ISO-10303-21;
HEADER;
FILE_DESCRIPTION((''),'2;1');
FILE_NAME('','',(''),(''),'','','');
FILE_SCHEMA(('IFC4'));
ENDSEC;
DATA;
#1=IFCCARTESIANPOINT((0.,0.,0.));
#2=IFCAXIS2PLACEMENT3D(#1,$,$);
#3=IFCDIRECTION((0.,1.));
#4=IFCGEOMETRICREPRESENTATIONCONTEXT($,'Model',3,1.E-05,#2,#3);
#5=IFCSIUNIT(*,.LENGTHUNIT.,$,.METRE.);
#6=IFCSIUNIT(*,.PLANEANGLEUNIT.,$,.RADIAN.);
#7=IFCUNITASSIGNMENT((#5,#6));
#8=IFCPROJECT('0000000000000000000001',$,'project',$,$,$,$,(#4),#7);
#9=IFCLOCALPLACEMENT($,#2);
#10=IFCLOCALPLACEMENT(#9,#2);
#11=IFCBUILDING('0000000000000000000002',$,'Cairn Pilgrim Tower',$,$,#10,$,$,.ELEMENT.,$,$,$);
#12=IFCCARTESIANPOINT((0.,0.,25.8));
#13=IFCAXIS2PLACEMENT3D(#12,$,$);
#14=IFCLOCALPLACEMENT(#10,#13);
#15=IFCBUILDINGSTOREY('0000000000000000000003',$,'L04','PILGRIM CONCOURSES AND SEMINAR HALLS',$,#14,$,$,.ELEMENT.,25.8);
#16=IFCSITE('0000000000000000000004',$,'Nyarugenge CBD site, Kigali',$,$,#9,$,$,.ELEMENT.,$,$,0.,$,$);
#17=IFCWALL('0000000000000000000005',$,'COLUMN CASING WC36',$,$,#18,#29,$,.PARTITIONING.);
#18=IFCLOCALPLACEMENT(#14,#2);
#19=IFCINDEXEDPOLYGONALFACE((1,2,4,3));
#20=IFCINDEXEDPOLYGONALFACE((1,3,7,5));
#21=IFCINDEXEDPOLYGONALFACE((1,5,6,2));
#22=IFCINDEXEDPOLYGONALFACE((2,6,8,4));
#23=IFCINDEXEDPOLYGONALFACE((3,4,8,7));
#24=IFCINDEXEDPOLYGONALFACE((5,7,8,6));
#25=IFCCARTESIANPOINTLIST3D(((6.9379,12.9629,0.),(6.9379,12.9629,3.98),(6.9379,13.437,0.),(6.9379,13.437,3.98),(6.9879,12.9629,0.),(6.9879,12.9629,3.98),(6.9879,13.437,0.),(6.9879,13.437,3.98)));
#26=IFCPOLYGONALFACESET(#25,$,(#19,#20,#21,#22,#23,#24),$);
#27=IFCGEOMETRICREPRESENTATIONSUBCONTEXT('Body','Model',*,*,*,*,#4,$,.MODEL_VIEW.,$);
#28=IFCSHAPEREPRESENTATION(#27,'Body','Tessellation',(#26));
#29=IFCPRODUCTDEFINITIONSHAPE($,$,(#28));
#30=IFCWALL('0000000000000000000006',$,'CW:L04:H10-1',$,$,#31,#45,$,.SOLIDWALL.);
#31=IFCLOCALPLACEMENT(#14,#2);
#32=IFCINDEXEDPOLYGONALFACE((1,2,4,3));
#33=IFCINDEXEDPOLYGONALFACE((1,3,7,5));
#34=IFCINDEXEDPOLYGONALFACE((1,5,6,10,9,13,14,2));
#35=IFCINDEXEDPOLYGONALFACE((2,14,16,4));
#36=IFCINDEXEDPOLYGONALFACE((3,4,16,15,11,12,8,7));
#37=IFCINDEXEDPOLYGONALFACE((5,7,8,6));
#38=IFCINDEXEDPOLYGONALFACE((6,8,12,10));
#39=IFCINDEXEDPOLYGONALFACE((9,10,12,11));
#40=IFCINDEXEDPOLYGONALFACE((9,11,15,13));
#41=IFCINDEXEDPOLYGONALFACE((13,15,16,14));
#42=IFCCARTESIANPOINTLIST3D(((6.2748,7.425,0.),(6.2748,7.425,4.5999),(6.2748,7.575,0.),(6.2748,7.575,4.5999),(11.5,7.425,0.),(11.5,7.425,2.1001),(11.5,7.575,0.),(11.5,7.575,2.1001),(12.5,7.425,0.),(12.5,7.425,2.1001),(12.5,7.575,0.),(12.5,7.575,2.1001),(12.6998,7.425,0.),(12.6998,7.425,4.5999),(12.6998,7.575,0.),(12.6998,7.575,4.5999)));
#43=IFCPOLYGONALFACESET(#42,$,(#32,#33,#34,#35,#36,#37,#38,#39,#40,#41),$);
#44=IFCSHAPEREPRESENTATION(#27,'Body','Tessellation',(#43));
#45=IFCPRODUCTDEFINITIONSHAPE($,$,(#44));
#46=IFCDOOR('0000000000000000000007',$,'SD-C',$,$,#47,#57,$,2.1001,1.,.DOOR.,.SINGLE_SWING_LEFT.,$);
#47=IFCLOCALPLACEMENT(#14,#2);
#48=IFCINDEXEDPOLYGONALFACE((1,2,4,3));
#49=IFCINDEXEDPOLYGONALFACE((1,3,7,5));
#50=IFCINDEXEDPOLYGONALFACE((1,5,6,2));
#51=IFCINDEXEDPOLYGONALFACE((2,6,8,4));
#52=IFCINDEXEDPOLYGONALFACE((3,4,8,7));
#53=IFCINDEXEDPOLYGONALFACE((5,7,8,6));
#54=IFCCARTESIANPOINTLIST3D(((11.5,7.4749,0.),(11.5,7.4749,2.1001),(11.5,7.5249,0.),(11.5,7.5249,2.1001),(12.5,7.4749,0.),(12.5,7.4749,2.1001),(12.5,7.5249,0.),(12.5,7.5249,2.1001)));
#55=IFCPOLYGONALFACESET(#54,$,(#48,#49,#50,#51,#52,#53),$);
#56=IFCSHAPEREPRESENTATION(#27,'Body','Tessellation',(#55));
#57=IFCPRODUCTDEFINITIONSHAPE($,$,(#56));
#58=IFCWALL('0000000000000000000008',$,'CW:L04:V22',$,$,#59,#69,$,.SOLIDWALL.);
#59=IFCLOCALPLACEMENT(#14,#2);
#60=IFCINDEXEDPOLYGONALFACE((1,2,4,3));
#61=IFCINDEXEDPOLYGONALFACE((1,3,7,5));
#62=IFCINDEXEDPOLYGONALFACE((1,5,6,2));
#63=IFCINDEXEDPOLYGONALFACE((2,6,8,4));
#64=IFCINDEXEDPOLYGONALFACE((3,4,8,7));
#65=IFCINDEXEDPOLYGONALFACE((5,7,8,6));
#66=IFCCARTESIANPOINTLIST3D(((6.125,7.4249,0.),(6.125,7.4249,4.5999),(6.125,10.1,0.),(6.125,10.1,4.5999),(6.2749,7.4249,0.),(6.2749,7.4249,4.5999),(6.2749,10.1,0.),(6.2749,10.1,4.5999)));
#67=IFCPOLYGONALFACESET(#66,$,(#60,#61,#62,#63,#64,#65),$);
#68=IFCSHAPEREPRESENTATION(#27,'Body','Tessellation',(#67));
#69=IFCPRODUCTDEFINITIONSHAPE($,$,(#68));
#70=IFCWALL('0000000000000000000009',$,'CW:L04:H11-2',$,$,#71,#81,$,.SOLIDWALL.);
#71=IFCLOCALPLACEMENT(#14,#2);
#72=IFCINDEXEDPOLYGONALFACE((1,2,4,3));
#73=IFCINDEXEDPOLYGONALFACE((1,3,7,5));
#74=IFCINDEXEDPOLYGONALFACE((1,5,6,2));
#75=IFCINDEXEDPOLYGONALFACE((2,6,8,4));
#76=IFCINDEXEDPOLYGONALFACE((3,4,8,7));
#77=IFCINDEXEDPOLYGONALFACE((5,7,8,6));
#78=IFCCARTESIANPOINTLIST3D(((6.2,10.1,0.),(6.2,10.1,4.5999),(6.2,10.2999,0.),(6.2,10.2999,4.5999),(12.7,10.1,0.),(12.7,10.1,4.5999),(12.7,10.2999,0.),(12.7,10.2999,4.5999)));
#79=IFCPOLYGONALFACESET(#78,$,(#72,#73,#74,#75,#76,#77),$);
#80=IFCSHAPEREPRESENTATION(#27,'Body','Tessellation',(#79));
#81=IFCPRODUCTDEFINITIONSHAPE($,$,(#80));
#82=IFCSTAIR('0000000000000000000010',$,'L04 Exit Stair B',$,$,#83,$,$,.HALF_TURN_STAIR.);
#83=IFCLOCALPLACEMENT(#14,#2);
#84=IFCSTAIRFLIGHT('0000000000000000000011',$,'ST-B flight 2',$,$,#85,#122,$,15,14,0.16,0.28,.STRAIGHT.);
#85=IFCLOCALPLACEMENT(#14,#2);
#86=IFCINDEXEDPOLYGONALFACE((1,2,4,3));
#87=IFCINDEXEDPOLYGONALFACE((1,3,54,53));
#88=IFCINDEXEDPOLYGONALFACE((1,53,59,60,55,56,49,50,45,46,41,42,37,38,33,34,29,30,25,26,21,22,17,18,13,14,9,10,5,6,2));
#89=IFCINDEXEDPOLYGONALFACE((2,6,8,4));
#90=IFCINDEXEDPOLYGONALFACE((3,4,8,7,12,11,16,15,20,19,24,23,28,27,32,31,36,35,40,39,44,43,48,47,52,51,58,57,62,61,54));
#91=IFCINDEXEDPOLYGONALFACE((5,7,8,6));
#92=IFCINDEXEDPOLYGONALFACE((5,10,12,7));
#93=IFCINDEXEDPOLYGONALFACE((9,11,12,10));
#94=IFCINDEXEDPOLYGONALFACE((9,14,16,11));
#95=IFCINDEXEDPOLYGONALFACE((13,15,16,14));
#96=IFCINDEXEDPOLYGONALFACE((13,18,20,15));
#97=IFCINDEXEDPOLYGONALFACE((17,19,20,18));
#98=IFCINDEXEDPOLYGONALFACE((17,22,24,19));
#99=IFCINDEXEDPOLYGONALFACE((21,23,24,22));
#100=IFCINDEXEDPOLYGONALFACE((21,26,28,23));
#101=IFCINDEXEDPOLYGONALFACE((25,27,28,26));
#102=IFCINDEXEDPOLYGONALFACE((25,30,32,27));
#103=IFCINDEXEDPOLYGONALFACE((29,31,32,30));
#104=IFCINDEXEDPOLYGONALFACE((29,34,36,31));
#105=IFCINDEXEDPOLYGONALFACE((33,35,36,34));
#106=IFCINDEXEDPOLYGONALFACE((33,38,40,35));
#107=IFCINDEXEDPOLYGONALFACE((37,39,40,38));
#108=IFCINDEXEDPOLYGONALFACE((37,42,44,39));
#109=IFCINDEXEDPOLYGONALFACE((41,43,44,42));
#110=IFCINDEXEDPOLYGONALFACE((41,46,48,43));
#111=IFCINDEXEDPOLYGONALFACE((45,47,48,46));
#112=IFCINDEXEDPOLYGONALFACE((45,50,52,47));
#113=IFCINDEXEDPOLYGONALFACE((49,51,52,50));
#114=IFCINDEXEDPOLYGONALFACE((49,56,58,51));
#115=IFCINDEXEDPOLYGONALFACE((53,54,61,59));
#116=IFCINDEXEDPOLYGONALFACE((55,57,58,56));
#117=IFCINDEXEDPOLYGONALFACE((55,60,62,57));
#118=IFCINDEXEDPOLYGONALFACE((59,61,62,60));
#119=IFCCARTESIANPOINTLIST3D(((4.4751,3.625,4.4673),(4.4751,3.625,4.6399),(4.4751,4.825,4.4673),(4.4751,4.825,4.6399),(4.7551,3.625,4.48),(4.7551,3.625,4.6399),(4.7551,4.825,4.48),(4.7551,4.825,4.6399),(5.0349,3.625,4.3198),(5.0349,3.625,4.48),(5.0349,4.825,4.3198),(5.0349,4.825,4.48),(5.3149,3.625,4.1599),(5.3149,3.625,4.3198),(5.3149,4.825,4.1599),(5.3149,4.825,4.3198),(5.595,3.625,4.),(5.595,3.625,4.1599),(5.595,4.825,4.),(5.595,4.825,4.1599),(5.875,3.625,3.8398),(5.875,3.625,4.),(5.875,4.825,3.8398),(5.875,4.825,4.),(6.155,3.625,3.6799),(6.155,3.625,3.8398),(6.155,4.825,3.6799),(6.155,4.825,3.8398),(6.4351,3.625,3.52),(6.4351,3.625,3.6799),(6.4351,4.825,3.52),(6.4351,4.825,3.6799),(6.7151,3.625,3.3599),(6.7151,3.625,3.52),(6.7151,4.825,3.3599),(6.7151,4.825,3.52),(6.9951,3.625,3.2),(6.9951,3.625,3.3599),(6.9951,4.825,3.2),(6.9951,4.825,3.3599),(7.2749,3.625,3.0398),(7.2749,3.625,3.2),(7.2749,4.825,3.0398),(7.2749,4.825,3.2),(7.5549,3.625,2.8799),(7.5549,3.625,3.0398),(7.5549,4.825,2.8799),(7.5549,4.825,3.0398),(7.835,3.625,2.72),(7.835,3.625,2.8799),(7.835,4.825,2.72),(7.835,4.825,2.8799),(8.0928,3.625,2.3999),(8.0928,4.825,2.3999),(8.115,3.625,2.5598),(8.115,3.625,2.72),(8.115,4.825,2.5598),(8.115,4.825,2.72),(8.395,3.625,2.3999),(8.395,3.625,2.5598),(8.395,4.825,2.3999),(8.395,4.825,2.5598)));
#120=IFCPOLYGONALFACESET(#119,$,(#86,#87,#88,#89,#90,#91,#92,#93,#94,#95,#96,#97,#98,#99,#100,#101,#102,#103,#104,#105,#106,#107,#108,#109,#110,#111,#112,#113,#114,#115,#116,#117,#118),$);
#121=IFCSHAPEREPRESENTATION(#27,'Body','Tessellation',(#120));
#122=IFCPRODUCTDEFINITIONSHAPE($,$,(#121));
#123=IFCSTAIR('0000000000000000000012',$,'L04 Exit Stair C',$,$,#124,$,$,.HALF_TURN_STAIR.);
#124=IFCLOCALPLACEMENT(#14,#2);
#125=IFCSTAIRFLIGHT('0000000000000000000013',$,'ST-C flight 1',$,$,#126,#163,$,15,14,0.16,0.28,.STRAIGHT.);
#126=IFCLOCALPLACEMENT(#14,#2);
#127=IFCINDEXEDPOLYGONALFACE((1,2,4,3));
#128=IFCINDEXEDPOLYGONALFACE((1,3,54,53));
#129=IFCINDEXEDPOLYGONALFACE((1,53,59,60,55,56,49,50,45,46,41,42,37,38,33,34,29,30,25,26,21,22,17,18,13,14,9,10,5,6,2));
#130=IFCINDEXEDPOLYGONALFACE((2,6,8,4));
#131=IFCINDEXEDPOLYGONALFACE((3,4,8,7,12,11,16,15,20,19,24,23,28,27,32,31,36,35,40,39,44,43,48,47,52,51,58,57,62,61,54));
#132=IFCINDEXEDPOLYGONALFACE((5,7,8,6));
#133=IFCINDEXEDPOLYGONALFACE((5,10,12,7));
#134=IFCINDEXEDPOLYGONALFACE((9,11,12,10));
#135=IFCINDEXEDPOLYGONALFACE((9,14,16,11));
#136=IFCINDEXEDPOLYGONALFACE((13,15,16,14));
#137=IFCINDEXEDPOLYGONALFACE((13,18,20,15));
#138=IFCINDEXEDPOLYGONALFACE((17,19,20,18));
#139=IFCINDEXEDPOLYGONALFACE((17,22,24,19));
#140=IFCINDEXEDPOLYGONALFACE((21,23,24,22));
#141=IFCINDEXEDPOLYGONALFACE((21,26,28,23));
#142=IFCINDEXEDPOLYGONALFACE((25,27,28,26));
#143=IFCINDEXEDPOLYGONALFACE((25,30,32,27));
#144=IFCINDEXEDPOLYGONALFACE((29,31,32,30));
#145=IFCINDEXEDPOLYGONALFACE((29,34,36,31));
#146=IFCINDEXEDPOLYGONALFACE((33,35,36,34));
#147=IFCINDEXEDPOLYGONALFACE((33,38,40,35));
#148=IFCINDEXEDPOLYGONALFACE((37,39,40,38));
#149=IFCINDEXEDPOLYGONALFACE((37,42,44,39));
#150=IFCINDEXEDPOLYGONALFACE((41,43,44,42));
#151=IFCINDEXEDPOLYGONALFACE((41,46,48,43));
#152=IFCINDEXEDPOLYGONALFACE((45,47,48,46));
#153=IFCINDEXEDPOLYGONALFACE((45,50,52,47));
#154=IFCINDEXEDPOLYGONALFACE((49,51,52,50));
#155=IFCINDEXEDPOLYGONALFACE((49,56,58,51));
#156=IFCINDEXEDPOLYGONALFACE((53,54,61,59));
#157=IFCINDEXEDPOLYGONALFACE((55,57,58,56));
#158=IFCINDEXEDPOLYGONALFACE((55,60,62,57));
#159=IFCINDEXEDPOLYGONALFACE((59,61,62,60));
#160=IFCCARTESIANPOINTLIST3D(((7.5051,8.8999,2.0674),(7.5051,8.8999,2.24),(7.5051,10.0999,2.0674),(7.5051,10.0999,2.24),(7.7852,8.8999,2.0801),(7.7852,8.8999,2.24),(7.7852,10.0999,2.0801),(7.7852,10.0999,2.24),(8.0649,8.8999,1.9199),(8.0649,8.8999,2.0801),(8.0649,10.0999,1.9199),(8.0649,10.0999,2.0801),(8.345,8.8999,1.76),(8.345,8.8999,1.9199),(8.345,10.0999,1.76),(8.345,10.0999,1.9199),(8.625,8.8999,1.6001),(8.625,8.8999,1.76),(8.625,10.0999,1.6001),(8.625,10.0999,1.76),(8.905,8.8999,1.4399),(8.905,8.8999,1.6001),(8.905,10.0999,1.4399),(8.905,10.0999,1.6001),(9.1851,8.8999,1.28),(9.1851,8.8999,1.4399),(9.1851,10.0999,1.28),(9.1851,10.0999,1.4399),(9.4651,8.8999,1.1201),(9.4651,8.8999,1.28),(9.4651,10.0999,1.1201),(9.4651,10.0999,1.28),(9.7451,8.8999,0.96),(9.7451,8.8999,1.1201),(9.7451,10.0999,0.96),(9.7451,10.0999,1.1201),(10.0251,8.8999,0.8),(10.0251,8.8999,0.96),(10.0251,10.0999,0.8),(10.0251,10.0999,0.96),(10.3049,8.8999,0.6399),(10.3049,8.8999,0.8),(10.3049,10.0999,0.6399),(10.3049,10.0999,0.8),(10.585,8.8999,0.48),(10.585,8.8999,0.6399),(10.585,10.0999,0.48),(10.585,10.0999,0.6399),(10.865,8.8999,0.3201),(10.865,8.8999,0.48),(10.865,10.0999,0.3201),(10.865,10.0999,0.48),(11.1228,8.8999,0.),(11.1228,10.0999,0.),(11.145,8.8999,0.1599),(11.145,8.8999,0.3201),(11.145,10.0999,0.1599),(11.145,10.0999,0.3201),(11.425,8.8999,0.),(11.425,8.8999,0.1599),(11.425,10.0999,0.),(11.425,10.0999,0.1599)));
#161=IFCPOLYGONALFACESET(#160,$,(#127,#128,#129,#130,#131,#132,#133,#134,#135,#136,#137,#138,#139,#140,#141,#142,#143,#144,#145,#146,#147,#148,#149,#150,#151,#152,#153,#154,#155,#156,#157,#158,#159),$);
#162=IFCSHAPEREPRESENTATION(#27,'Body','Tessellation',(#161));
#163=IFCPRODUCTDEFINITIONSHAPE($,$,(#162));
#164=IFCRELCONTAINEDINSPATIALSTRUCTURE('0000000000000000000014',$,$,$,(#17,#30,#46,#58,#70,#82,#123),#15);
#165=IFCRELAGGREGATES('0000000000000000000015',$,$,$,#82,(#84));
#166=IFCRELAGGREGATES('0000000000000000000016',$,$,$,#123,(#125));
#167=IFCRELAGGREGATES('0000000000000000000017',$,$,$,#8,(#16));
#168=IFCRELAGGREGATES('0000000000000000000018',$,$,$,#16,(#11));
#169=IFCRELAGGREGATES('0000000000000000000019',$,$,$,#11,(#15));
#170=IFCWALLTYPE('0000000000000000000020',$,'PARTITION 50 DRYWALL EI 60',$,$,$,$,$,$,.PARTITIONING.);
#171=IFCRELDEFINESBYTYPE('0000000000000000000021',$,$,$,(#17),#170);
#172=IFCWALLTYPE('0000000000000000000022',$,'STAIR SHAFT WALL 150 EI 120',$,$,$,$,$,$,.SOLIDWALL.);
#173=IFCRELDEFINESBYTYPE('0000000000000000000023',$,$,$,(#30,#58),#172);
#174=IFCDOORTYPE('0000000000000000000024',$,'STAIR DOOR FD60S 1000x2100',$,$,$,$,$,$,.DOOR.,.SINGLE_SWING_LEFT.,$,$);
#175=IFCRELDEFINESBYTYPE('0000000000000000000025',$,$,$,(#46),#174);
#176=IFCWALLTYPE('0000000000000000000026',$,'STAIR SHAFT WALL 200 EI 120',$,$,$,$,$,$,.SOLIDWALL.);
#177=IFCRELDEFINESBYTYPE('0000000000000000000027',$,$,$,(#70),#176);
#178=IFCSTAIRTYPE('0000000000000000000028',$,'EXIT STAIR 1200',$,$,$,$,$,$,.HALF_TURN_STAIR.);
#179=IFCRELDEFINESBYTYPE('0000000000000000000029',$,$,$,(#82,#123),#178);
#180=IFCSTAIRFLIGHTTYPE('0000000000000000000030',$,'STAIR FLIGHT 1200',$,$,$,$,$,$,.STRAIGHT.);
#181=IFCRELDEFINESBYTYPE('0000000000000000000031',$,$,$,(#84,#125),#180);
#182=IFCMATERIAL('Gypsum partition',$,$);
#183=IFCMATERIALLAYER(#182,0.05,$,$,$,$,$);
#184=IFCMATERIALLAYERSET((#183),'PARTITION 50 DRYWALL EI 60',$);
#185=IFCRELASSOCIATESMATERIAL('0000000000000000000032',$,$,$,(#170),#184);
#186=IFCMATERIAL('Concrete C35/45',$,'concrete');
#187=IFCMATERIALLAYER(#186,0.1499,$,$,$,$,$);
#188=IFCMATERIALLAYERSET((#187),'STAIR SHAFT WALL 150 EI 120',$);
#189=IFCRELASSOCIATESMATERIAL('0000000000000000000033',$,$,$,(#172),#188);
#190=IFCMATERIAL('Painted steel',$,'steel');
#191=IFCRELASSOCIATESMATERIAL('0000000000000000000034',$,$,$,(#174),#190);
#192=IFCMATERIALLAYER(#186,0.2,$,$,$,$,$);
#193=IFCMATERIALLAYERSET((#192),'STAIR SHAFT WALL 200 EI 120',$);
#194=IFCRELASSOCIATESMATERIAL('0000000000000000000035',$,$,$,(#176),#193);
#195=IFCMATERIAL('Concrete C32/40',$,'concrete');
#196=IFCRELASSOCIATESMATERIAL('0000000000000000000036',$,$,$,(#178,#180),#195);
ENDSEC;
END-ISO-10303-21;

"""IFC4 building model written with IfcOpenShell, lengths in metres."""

from ifc_helpers import new_model, si_unit, direction, frame, frame_2d, origin, place, context, subcontext, project, spatial, polyline, rectangle, outline, extrude, material, layer, layer_set, type_object, element, fill, aggregate, save


model = new_model("IFC4")

# Units and contexts
model_context = context("Model", 3, precision=1e-05, world=origin(), true_north=direction((0.0, 1.0)))
body_context = subcontext(model_context, "Body", "Model", "MODEL_VIEW")
ifc_project = project(units=[si_unit("LENGTHUNIT", "METRE"), si_unit("PLANEANGLEUNIT", "RADIAN")], contexts=[model_context])

# Site, building, storey
site_placement = place(None, origin())
site = spatial("IfcSite", under=ifc_project, at=site_placement, Name="Nyarugenge CBD site, Kigali", CompositionType="ELEMENT", RefElevation=0.0)
building_placement = place(site_placement, origin())
building = spatial("IfcBuilding", under=site, at=building_placement, Name="Cairn Pilgrim Tower", CompositionType="ELEMENT")
storey_placement = place(building_placement, frame((0.0, 0.0, 25.8)))
storey = spatial("IfcBuildingStorey", under=building, at=storey_placement, Name="L04", Description="PILGRIM CONCOURSES AND SEMINAR HALLS", CompositionType="ELEMENT", Elevation=25.8)

# Shared definitions
ifc_material_1 = material(Name="Concrete C32/40", Category="concrete")
ifc_material_2 = material(Name="Painted steel", Category="steel")

# Shared definitions
ifc_material_3 = material(Name="Gypsum partition")

# Wall
ifc_layer_1 = layer(ifc_material_3, 0.05)
ifc_layer_set_1 = layer_set([ifc_layer_1], Name="PARTITION 50 DRYWALL EI 60")
wall_type_1 = type_object("IfcWallType", Name="PARTITION 50 DRYWALL EI 60", PredefinedType="PARTITIONING", material=ifc_layer_set_1)
wall_1_placement = place(storey_placement, frame((6.9629, 12.9629, 0.0), z_axis=(0.0, 0.0, 1.0), x_axis=(0.0, 1.0, 0.0)))
element("IfcWall", 1, at=wall_1_placement, inside=storey, type_object=wall_type_1, Name="COLUMN CASING WC36", PredefinedType="PARTITIONING", context=body_context, shape_type="SweptSolid", body=[
    extrude(rectangle(XDim=0.4741, YDim=0.05, at=frame_2d((0.2371, 0.0))), origin(), (0.0, 0.0, 1.0), 3.98),
])

# Wall, opening, door
ifc_material_4 = material(Name="Concrete C35/45", Category="concrete")
ifc_layer_2 = layer(ifc_material_4, 0.1499)
ifc_layer_set_2 = layer_set([ifc_layer_2], Name="STAIR SHAFT WALL 150 EI 120")
wall_type_2 = type_object("IfcWallType", Name="STAIR SHAFT WALL 150 EI 120", PredefinedType="SOLIDWALL", material=ifc_layer_set_2)
wall_2_placement = place(storey_placement, frame((6.2749, 7.5, 0.0), z_axis=(0.0, 0.0, 1.0), x_axis=(1.0, 0.0, 0.0)))
wall_2 = element("IfcWall", 2, at=wall_2_placement, inside=storey, type_object=wall_type_2, Name="CW:L04:H10-1", PredefinedType="SOLIDWALL", context=body_context, shape_type="SweptSolid", body=[
    extrude(rectangle(XDim=6.425, YDim=0.1499, at=frame_2d((3.2124, 0.0))), origin(), (0.0, 0.0, 1.0), 4.5999),
])
opening_1_placement = place(wall_2_placement, frame((5.2251, 0.0, 0.0)))
opening_1 = element("IfcOpeningElement", 3, at=opening_1_placement, cuts=wall_2, PredefinedType="OPENING", context=body_context, shape_type="SweptSolid", body=[
    extrude(rectangle(XDim=1.0, YDim=2.1001, at=frame_2d((0.5, 1.05))), frame((0.0, 0.085, 0.0), z_axis=(0.0, -1.0, 0.0), x_axis=(1.0, 0.0, 0.0)), (0.0, 0.0, 1.0), 0.1699),
])
door_type_1 = type_object("IfcDoorType", Name="STAIR DOOR FD60S 1000x2100", OperationType="SINGLE_SWING_LEFT", PredefinedType="DOOR", material=ifc_material_2)
door_1_placement = place(opening_1_placement, origin())
door_1 = element("IfcDoor", 4, at=door_1_placement, inside=storey, type_object=door_type_1, Name="SD-C", OperationType="SINGLE_SWING_LEFT", OverallHeight=2.1001, OverallWidth=1.0, PredefinedType="DOOR", context=body_context, shape_type="SweptSolid", body=[
    extrude(rectangle(XDim=1.0, YDim=2.1001, at=frame_2d((0.5, 1.05))), frame((0.0, 0.0249, 0.0), z_axis=(0.0, -1.0, 0.0), x_axis=(1.0, 0.0, 0.0)), (0.0, 0.0, 1.0), 0.05),
])
fill(opening_1, door_1)

# Walls
wall_3_placement = place(storey_placement, frame((6.2, 7.425, 0.0), z_axis=(0.0, 0.0, 1.0), x_axis=(0.0, 1.0, 0.0)))
element("IfcWall", 5, at=wall_3_placement, inside=storey, type_object=wall_type_2, Name="CW:L04:V22", PredefinedType="SOLIDWALL", context=body_context, shape_type="SweptSolid", body=[
    extrude(rectangle(XDim=2.675, YDim=0.1499, at=frame_2d((1.3374, 0.0))), origin(), (0.0, 0.0, 1.0), 4.5999),
])
ifc_layer_3 = layer(ifc_material_4, 0.2)
ifc_layer_set_3 = layer_set([ifc_layer_3], Name="STAIR SHAFT WALL 200 EI 120")
wall_type_3 = type_object("IfcWallType", Name="STAIR SHAFT WALL 200 EI 120", PredefinedType="SOLIDWALL", material=ifc_layer_set_3)
wall_4_placement = place(storey_placement, frame((6.2, 10.2, 0.0), z_axis=(0.0, 0.0, 1.0), x_axis=(1.0, 0.0, 0.0)))
element("IfcWall", 6, at=wall_4_placement, inside=storey, type_object=wall_type_3, Name="CW:L04:H11-2", PredefinedType="SOLIDWALL", context=body_context, shape_type="SweptSolid", body=[
    extrude(rectangle(XDim=6.5, YDim=0.2, at=frame_2d((3.25, 0.0))), origin(), (0.0, 0.0, 1.0), 4.5999),
])

# Stair, stair flight
stair_type = type_object("IfcStairType", Name="EXIT STAIR 1200", PredefinedType="HALF_TURN_STAIR", material=ifc_material_1)
stair_1_placement = place(storey_placement, origin())
stair_1 = element("IfcStair", 7, at=stair_1_placement, inside=storey, type_object=stair_type, Name="L04 Exit Stair B", PredefinedType="HALF_TURN_STAIR")
stair_flight_type = type_object("IfcStairFlightType", Name="STAIR FLIGHT 1200", PredefinedType="STRAIGHT", material=ifc_material_1)
stair_flight_1_placement = place(storey_placement, frame((8.395, 4.2251, 2.3999), z_axis=(0.0, 0.0, 1.0), x_axis=(-1.0, 0.0, 0.0)))
stair_flight_1 = element("IfcStairFlight", 8, at=stair_flight_1_placement, type_object=stair_flight_type, Name="ST-B flight 2", NumberOfRisers=15, NumberOfTreads=14, PredefinedType="STRAIGHT", RiserHeight=0.16, TreadLength=0.28, context=body_context, shape_type="SweptSolid", body=[
    extrude(outline(polyline([(0.0, 0.0), (0.0, 0.1599), (0.28, 0.1599), (0.28, 0.3201), (0.5601, 0.3201), (0.5601, 0.48), (0.8401, 0.48), (0.8401, 0.6399), (1.1201, 0.6399), (1.1201, 0.8), (1.3999, 0.8), (1.3999, 0.96), (1.6799, 0.96), (1.6799, 1.1201), (1.96, 1.1201), (1.96, 1.28), (2.24, 1.28), (2.24, 1.4399), (2.52, 1.4399), (2.52, 1.6001), (2.8, 1.6001), (2.8, 1.76), (3.0801, 1.76), (3.0801, 1.9199), (3.3601, 1.9199), (3.3601, 2.0801), (3.6399, 2.0801), (3.6399, 2.24), (3.9199, 2.24), (3.9199, 2.3999), (3.9199, 2.0674), (0.3022, 0.0), (0.0, 0.0)])), frame((0.0, 0.6001, 0.0), z_axis=(0.0, -1.0, 0.0), x_axis=(1.0, 0.0, 0.0)), (0.0, 0.0, 1.0), 1.2),
])
aggregate(stair_1, [stair_flight_1])

# Stair, stair flight
stair_2_placement = place(storey_placement, origin())
stair_2 = element("IfcStair", 9, at=stair_2_placement, inside=storey, type_object=stair_type, Name="L04 Exit Stair C", PredefinedType="HALF_TURN_STAIR")
stair_flight_2_placement = place(storey_placement, frame((11.425, 9.5, 0.0), z_axis=(0.0, 0.0, 1.0), x_axis=(-1.0, 0.0, 0.0)))
stair_flight_2 = element("IfcStairFlight", 10, at=stair_flight_2_placement, type_object=stair_flight_type, Name="ST-C flight 1", NumberOfRisers=15, NumberOfTreads=14, PredefinedType="STRAIGHT", RiserHeight=0.16, TreadLength=0.28, context=body_context, shape_type="SweptSolid", body=[
    extrude(outline(polyline([(0.0, 0.0), (0.0, 0.1599), (0.28, 0.1599), (0.28, 0.3201), (0.5601, 0.3201), (0.5601, 0.48), (0.8401, 0.48), (0.8401, 0.6399), (1.1201, 0.6399), (1.1201, 0.8), (1.3999, 0.8), (1.3999, 0.96), (1.6799, 0.96), (1.6799, 1.1201), (1.96, 1.1201), (1.96, 1.28), (2.24, 1.28), (2.24, 1.4399), (2.52, 1.4399), (2.52, 1.6001), (2.8, 1.6001), (2.8, 1.76), (3.0801, 1.76), (3.0801, 1.9199), (3.3601, 1.9199), (3.3601, 2.0801), (3.6399, 2.0801), (3.6399, 2.24), (3.9199, 2.24), (3.9199, 2.3999), (3.9199, 2.0674), (0.3022, 0.0), (0.0, 0.0)])), frame((0.0, 0.6001, 0.0), z_axis=(0.0, -1.0, 0.0), x_axis=(1.0, 0.0, 0.0)), (0.0, 0.0, 1.0), 1.2),
])
aggregate(stair_2, [stair_flight_2])

save(model, "model.ifc")
